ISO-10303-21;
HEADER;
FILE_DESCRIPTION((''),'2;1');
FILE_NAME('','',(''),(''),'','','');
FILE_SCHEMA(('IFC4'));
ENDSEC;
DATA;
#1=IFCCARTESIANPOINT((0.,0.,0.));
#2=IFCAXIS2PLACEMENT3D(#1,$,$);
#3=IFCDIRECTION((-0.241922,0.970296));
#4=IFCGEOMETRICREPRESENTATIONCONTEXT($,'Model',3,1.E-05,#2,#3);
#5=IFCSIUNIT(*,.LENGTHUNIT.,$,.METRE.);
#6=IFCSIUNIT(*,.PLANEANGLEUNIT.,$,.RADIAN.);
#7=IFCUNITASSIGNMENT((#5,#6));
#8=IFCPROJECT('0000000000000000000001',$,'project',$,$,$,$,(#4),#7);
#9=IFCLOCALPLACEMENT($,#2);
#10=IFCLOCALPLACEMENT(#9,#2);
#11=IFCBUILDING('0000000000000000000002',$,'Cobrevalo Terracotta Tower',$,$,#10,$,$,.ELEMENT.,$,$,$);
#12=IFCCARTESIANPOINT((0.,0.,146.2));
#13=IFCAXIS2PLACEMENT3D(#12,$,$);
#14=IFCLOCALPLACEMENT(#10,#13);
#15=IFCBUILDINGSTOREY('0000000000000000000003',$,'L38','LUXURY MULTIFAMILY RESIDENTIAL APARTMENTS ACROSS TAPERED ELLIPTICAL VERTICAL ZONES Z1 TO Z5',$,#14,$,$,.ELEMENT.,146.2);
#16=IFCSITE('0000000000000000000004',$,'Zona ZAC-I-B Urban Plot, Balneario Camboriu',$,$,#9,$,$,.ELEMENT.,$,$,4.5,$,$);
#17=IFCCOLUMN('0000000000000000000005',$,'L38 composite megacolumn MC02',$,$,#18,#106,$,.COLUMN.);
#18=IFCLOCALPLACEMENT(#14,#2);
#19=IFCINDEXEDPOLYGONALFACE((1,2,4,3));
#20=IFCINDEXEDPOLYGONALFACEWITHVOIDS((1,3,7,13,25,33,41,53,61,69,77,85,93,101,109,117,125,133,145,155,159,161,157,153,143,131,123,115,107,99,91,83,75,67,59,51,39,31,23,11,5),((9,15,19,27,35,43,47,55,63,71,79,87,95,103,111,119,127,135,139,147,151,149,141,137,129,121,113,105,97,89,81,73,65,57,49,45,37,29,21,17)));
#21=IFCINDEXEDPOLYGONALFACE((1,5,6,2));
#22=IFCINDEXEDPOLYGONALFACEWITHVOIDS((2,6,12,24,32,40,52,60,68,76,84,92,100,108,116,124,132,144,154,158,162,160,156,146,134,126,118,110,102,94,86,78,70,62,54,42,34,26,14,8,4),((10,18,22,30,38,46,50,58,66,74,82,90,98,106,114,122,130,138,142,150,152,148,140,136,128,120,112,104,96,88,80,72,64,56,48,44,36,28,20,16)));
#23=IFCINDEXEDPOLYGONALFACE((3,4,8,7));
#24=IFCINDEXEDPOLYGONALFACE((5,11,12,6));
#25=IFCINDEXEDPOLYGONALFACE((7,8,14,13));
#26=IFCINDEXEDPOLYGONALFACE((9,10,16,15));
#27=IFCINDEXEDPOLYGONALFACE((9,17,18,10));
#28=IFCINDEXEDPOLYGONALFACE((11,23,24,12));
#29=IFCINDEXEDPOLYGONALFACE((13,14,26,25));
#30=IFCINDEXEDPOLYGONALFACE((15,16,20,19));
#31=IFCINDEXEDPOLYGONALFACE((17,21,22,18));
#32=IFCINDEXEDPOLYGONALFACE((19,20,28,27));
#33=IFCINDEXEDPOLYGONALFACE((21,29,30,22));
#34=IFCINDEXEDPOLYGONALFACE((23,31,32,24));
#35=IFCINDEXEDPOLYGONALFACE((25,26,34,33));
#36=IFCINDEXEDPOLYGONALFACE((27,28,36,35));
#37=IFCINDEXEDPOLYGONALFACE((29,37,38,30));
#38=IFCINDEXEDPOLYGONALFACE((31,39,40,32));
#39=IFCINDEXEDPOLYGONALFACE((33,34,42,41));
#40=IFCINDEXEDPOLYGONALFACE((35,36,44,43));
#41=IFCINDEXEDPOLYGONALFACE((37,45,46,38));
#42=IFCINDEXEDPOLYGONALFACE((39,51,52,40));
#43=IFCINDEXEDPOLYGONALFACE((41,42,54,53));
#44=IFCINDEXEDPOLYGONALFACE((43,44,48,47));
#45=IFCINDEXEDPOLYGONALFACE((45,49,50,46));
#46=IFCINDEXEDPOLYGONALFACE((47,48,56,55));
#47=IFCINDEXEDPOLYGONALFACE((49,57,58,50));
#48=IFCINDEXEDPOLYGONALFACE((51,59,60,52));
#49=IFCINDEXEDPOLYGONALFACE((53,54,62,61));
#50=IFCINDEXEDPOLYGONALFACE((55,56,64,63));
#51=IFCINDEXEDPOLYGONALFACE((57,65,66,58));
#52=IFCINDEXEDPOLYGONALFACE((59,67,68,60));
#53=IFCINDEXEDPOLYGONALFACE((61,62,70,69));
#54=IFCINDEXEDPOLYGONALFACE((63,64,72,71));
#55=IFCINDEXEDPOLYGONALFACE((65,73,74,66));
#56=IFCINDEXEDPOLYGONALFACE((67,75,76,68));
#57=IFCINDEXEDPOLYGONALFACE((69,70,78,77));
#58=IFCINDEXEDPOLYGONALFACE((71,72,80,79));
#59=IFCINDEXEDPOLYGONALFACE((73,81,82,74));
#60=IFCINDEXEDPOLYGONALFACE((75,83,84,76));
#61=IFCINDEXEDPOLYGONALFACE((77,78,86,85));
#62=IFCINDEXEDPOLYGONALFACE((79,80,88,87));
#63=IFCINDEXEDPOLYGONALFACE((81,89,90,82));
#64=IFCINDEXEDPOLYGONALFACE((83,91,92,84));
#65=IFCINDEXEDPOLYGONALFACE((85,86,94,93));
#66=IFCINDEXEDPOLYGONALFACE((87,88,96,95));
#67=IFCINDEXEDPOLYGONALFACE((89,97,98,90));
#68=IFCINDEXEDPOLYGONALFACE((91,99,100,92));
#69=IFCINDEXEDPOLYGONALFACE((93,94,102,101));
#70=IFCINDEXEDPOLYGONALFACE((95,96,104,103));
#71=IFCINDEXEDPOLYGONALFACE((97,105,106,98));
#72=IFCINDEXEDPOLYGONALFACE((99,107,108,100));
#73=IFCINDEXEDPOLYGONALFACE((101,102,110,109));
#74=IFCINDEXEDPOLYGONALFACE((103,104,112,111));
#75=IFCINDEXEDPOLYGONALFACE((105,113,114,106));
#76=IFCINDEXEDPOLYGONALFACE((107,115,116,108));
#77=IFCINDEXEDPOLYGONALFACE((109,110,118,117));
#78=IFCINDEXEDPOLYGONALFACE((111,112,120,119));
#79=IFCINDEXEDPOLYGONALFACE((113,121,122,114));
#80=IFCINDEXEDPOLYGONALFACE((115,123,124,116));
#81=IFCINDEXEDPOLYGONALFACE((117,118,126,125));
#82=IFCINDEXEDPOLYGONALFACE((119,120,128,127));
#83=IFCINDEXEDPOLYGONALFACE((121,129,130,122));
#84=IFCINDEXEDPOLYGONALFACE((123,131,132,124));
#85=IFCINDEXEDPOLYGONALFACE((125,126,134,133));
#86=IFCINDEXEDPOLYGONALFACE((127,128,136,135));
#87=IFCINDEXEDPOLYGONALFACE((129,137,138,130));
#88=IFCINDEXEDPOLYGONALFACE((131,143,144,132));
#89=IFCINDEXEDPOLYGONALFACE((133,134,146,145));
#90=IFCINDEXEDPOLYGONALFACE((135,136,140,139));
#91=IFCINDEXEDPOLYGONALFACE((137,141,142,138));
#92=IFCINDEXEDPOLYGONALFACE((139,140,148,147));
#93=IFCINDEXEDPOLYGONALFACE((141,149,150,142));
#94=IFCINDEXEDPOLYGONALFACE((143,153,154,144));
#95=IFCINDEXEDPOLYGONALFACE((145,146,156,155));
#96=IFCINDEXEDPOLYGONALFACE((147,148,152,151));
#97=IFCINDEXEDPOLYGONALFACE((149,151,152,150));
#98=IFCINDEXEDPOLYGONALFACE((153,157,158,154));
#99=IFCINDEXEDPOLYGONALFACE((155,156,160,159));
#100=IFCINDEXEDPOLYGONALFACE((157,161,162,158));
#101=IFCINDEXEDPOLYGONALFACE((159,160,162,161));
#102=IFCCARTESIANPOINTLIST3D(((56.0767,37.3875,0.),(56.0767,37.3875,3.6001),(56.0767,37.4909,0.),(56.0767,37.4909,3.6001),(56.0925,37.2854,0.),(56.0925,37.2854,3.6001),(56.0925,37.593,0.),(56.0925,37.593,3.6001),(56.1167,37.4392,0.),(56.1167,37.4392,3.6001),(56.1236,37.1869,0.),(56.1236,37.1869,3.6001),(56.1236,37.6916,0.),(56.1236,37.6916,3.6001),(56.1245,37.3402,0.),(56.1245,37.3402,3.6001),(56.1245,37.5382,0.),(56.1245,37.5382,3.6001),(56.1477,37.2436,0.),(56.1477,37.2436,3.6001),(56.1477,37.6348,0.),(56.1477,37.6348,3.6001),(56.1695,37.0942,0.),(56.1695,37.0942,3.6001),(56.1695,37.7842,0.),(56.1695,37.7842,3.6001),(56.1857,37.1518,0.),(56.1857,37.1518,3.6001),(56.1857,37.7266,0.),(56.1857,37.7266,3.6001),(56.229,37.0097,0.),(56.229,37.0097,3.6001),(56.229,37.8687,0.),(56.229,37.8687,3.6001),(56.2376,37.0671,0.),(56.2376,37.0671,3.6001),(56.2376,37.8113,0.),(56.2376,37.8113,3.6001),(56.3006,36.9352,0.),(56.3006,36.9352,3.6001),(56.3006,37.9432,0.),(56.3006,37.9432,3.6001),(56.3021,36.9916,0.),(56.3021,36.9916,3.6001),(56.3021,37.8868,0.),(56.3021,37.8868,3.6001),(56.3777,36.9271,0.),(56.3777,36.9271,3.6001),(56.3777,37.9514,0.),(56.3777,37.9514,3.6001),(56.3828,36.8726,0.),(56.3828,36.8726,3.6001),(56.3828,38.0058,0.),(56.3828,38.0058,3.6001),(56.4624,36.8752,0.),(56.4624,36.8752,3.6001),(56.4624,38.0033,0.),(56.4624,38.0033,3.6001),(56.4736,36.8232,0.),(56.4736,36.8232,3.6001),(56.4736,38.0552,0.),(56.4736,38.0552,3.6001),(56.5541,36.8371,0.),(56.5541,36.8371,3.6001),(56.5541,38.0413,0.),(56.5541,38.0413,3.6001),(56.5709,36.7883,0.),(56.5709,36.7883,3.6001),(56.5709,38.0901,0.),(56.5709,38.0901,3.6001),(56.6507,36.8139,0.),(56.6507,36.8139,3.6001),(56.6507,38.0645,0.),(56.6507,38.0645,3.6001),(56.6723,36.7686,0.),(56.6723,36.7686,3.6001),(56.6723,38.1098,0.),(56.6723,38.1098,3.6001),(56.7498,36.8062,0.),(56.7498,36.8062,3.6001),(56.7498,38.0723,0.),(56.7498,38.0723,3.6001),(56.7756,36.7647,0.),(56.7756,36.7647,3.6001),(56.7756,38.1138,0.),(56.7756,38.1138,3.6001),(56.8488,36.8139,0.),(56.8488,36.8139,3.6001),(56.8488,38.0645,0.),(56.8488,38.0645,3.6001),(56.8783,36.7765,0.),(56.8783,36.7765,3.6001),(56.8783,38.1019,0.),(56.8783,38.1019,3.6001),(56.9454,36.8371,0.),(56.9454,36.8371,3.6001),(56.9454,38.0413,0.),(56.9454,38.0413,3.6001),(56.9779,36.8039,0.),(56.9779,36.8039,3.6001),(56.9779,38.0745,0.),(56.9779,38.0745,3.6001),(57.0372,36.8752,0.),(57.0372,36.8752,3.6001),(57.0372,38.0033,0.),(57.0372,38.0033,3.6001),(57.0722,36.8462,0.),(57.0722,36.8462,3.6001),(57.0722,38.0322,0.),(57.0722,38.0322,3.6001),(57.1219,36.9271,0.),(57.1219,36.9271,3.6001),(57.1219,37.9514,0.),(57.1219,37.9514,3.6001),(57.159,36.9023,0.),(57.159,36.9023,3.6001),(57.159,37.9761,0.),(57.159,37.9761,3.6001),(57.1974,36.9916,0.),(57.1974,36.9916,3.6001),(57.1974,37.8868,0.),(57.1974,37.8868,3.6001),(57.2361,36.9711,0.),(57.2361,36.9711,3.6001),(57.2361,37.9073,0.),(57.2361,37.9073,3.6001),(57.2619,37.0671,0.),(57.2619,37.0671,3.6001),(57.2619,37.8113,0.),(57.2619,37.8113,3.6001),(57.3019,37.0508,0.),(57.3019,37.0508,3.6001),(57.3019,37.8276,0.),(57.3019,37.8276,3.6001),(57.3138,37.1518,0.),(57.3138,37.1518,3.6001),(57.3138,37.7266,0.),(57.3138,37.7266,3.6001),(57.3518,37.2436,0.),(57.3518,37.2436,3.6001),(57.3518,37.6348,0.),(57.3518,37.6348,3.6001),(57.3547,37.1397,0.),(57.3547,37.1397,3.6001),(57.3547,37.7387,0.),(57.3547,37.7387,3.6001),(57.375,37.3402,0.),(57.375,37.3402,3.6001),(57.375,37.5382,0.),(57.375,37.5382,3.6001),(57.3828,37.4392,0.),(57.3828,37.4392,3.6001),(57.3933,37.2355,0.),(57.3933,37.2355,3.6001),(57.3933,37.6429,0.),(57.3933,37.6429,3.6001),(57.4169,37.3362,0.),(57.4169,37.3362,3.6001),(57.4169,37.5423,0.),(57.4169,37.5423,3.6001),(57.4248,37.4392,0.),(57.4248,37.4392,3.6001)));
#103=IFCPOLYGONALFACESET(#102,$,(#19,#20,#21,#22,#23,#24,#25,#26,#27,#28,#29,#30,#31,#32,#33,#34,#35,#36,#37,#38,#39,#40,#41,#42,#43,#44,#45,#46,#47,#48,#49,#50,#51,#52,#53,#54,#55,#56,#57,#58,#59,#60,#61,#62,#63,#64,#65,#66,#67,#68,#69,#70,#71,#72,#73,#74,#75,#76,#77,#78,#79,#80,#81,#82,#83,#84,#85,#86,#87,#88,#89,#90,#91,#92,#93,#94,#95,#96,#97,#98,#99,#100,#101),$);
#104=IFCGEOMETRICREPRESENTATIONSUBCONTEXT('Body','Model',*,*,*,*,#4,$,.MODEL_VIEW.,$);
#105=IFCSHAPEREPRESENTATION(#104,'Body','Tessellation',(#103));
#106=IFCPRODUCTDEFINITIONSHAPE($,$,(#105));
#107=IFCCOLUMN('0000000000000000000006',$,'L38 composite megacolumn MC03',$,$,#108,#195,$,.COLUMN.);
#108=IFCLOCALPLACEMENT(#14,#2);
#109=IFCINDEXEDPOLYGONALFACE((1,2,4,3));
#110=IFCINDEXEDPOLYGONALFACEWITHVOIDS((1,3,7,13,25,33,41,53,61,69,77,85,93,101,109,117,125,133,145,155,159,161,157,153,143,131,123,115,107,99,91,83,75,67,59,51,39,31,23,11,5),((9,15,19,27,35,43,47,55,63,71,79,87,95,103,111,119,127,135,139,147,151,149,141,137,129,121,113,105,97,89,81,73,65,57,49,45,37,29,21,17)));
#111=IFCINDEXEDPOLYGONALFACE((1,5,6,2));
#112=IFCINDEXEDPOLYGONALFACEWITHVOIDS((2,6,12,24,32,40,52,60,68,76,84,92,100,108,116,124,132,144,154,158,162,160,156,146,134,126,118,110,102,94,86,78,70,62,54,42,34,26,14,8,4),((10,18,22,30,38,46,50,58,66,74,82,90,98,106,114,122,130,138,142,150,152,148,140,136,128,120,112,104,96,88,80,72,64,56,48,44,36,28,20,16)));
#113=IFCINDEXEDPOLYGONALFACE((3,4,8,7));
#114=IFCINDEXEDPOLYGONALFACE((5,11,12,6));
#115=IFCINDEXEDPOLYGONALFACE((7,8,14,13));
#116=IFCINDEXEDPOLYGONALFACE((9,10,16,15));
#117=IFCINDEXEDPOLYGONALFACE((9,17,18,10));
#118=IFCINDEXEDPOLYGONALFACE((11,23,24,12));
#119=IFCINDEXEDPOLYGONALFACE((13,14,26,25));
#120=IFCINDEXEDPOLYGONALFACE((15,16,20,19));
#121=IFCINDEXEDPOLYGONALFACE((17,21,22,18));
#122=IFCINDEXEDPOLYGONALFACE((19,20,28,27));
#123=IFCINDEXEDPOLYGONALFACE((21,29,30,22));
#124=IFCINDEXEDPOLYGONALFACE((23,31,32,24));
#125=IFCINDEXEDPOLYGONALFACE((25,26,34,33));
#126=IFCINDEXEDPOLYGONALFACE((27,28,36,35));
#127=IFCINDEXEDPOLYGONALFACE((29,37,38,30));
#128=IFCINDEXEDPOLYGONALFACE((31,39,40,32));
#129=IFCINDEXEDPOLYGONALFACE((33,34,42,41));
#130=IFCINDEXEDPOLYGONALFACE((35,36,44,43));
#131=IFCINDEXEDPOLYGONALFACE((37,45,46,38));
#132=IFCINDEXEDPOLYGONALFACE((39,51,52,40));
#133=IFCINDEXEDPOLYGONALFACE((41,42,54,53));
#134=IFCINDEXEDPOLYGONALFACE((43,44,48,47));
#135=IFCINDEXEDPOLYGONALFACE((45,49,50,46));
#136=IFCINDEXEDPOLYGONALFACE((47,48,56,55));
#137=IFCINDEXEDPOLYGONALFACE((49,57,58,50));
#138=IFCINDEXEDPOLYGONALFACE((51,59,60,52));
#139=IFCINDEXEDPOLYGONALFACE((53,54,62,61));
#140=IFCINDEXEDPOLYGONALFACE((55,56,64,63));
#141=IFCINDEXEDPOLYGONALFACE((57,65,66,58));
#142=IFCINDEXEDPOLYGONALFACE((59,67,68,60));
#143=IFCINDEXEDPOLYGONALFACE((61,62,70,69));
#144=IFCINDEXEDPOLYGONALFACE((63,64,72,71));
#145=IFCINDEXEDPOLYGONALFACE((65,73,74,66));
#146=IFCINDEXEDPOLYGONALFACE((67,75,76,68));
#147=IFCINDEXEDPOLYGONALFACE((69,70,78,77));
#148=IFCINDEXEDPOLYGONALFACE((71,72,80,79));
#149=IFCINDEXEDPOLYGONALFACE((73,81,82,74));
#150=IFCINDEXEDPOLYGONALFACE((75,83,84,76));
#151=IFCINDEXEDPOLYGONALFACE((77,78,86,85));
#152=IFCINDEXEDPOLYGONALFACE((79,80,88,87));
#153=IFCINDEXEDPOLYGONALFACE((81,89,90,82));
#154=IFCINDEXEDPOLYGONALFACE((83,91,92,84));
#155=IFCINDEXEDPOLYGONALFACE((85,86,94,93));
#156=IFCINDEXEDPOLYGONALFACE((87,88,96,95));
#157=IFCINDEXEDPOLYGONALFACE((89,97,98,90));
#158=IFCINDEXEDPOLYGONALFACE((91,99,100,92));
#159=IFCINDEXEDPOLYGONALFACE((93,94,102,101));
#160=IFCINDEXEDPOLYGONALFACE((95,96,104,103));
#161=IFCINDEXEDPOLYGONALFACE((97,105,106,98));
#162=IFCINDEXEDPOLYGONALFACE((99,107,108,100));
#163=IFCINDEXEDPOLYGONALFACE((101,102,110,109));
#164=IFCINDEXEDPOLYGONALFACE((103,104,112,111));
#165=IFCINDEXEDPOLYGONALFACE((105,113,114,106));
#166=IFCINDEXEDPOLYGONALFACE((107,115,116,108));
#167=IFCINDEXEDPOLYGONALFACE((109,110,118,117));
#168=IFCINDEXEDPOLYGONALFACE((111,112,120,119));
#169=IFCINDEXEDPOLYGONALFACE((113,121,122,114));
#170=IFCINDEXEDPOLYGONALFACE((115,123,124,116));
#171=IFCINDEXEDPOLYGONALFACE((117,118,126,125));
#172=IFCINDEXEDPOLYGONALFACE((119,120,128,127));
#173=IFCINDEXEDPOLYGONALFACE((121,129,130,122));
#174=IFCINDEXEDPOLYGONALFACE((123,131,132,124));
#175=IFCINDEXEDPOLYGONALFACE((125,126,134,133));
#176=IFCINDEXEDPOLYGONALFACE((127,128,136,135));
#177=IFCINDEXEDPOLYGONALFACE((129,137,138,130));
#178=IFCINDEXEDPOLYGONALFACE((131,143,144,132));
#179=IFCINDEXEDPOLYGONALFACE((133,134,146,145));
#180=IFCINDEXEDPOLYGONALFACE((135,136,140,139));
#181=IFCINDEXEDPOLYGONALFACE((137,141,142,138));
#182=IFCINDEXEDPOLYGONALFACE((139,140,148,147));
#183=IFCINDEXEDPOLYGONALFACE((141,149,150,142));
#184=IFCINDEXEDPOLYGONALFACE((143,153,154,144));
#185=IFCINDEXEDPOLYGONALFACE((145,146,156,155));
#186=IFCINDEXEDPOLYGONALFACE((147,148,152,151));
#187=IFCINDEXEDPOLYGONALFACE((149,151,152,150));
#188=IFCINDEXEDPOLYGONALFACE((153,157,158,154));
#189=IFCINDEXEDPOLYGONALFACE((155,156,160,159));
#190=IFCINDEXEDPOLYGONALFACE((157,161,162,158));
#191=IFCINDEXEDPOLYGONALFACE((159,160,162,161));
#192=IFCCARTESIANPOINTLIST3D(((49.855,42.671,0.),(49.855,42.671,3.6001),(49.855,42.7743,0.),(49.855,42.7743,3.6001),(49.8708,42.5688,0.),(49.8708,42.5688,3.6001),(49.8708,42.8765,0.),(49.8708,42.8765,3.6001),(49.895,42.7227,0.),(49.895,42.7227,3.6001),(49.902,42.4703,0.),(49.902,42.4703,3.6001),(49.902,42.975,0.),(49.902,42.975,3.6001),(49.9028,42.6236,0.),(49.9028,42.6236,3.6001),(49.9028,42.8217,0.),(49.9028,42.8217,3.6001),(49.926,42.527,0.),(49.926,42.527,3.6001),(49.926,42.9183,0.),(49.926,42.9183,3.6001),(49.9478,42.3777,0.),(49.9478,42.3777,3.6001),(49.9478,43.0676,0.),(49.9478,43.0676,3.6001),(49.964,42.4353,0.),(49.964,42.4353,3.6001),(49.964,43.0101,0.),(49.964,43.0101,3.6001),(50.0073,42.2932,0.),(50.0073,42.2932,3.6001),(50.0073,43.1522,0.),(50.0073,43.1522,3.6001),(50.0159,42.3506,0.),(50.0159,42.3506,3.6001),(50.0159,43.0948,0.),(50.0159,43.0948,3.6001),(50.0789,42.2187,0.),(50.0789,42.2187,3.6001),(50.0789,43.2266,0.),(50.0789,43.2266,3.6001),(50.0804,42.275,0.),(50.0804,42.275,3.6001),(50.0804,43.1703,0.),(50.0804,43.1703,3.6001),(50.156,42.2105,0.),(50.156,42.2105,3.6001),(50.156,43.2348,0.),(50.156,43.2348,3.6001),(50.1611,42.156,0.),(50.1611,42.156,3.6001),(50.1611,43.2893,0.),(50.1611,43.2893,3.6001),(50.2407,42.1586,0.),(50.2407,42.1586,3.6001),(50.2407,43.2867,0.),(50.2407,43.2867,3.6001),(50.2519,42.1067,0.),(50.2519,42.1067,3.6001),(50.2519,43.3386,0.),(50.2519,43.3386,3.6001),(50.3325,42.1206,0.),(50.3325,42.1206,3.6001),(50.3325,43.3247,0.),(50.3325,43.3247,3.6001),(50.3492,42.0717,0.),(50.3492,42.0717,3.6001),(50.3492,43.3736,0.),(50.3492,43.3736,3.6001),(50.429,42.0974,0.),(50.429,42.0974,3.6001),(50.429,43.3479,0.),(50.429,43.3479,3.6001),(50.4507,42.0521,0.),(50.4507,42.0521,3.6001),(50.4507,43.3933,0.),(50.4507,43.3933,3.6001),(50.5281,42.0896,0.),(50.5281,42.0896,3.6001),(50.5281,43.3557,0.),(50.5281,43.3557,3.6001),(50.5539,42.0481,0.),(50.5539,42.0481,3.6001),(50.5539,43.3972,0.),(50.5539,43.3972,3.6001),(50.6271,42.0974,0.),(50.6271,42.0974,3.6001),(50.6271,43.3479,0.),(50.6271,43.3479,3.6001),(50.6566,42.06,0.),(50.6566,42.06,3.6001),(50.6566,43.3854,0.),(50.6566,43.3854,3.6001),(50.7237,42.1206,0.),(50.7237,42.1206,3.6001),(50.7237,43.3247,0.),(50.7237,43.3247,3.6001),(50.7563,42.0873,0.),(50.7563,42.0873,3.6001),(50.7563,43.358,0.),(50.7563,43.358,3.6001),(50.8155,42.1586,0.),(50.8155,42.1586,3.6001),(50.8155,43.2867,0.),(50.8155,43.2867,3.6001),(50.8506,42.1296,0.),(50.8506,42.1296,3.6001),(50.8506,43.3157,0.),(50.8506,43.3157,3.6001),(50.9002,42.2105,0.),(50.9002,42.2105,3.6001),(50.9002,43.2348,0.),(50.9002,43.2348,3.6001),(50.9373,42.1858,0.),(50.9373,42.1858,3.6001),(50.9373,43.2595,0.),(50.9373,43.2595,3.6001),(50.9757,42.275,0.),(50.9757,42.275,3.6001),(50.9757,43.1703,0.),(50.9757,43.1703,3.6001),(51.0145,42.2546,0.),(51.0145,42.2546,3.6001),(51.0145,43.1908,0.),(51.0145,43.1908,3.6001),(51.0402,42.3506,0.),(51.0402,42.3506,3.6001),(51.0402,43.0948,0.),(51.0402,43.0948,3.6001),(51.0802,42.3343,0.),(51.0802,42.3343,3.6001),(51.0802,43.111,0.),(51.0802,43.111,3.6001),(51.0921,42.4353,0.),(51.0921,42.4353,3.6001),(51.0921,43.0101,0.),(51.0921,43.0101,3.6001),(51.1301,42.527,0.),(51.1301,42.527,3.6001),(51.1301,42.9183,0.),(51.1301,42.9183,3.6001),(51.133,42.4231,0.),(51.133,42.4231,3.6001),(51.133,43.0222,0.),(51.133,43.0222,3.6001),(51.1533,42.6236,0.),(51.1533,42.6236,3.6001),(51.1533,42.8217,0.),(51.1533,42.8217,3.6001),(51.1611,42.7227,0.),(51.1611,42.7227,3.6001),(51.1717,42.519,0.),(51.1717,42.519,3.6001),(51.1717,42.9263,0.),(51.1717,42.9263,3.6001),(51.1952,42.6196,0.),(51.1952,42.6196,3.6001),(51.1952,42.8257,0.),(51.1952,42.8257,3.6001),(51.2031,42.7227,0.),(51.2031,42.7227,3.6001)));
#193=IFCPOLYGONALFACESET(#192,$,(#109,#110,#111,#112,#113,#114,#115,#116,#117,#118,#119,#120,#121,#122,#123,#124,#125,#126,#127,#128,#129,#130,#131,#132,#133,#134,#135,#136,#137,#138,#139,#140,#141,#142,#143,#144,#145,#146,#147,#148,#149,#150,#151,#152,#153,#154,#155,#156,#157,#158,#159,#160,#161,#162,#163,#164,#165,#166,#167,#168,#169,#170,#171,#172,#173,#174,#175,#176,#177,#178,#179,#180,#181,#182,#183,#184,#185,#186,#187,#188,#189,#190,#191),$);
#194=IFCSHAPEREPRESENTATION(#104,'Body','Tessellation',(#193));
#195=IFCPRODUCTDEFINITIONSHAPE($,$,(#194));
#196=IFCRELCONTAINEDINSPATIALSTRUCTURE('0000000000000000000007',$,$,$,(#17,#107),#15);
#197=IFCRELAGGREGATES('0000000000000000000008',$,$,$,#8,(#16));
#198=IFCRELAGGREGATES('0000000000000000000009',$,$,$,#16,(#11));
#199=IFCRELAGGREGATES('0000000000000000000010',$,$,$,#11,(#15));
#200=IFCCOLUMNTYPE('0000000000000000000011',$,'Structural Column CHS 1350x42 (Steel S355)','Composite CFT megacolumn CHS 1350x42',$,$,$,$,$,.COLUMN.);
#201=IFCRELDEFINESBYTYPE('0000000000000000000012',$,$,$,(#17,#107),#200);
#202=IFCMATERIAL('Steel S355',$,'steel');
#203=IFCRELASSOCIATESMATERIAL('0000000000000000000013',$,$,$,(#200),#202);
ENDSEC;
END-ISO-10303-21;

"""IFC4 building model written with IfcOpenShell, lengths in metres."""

from ifc_helpers import new_model, si_unit, direction, frame, origin, origin_2d, place, context, subcontext, project, spatial, hollow_circle, extrude, material, material_profile, profile_set, type_object, element, save


model = new_model("IFC4")

# Units and contexts
model_context = context("Model", 3, precision=1e-05, world=origin(), true_north=direction((-0.241922, 0.970296)))
body_context = subcontext(model_context, "Body", "Model", "MODEL_VIEW")
ifc_project = project(units=[si_unit("LENGTHUNIT", "METRE"), si_unit("PLANEANGLEUNIT", "RADIAN")], contexts=[model_context])

# Site, building, storey
site_placement = place(None, origin())
site = spatial("IfcSite", under=ifc_project, at=site_placement, Name="Zona ZAC-I-B Urban Plot, Balneario Camboriu", CompositionType="ELEMENT", RefElevation=4.5)
building_placement = place(site_placement, origin())
building = spatial("IfcBuilding", under=site, at=building_placement, Name="Cobrevalo Terracotta Tower", CompositionType="ELEMENT")
storey_placement = place(building_placement, frame((0.0, 0.0, 146.2)))
storey = spatial("IfcBuildingStorey", under=building, at=storey_placement, Name="L38", Description="LUXURY MULTIFAMILY RESIDENTIAL APARTMENTS ACROSS TAPERED ELLIPTICAL VERTICAL ZONES Z1 TO Z5", CompositionType="ELEMENT", Elevation=146.2)

# Columns
ifc_material_1 = material(Name="Steel S355", Category="steel")
ifc_material_profile_1 = material_profile(ifc_material_1, hollow_circle(Radius=0.675, WallThickness=0.042, at=origin_2d()), Name="CHS 1350x42")
ifc_profile_set_1 = profile_set([ifc_material_profile_1], Name="Steel S355")
column_type = type_object("IfcColumnType", Name="Structural Column CHS 1350x42 (Steel S355)", Description="Composite CFT megacolumn CHS 1350x42", PredefinedType="COLUMN", material=ifc_profile_set_1)
for number, where, z_axis, x_axis, name in (
    (1, (56.7498, 37.4392, 0.0), (0.0, 0.0, 1.0), (1.0, 0.0, 0.0), "L38 composite megacolumn MC02"),
    (2, (50.5281, 42.7227, 0.0), (0.0, 0.0, 1.0), (1.0, 0.0, 0.0), "L38 composite megacolumn MC03"),
):
    element("IfcColumn", number, at=place(storey_placement, frame(where, z_axis=z_axis, x_axis=x_axis)), inside=storey, type_object=column_type, Name=name, PredefinedType="COLUMN", context=body_context, shape_type="SweptSolid", body=[
        extrude(hollow_circle(Radius=0.675, WallThickness=0.042, at=origin_2d()), origin(), (0.0, 0.0, 1.0), 3.6001),
    ])

save(model, "model.ifc")
